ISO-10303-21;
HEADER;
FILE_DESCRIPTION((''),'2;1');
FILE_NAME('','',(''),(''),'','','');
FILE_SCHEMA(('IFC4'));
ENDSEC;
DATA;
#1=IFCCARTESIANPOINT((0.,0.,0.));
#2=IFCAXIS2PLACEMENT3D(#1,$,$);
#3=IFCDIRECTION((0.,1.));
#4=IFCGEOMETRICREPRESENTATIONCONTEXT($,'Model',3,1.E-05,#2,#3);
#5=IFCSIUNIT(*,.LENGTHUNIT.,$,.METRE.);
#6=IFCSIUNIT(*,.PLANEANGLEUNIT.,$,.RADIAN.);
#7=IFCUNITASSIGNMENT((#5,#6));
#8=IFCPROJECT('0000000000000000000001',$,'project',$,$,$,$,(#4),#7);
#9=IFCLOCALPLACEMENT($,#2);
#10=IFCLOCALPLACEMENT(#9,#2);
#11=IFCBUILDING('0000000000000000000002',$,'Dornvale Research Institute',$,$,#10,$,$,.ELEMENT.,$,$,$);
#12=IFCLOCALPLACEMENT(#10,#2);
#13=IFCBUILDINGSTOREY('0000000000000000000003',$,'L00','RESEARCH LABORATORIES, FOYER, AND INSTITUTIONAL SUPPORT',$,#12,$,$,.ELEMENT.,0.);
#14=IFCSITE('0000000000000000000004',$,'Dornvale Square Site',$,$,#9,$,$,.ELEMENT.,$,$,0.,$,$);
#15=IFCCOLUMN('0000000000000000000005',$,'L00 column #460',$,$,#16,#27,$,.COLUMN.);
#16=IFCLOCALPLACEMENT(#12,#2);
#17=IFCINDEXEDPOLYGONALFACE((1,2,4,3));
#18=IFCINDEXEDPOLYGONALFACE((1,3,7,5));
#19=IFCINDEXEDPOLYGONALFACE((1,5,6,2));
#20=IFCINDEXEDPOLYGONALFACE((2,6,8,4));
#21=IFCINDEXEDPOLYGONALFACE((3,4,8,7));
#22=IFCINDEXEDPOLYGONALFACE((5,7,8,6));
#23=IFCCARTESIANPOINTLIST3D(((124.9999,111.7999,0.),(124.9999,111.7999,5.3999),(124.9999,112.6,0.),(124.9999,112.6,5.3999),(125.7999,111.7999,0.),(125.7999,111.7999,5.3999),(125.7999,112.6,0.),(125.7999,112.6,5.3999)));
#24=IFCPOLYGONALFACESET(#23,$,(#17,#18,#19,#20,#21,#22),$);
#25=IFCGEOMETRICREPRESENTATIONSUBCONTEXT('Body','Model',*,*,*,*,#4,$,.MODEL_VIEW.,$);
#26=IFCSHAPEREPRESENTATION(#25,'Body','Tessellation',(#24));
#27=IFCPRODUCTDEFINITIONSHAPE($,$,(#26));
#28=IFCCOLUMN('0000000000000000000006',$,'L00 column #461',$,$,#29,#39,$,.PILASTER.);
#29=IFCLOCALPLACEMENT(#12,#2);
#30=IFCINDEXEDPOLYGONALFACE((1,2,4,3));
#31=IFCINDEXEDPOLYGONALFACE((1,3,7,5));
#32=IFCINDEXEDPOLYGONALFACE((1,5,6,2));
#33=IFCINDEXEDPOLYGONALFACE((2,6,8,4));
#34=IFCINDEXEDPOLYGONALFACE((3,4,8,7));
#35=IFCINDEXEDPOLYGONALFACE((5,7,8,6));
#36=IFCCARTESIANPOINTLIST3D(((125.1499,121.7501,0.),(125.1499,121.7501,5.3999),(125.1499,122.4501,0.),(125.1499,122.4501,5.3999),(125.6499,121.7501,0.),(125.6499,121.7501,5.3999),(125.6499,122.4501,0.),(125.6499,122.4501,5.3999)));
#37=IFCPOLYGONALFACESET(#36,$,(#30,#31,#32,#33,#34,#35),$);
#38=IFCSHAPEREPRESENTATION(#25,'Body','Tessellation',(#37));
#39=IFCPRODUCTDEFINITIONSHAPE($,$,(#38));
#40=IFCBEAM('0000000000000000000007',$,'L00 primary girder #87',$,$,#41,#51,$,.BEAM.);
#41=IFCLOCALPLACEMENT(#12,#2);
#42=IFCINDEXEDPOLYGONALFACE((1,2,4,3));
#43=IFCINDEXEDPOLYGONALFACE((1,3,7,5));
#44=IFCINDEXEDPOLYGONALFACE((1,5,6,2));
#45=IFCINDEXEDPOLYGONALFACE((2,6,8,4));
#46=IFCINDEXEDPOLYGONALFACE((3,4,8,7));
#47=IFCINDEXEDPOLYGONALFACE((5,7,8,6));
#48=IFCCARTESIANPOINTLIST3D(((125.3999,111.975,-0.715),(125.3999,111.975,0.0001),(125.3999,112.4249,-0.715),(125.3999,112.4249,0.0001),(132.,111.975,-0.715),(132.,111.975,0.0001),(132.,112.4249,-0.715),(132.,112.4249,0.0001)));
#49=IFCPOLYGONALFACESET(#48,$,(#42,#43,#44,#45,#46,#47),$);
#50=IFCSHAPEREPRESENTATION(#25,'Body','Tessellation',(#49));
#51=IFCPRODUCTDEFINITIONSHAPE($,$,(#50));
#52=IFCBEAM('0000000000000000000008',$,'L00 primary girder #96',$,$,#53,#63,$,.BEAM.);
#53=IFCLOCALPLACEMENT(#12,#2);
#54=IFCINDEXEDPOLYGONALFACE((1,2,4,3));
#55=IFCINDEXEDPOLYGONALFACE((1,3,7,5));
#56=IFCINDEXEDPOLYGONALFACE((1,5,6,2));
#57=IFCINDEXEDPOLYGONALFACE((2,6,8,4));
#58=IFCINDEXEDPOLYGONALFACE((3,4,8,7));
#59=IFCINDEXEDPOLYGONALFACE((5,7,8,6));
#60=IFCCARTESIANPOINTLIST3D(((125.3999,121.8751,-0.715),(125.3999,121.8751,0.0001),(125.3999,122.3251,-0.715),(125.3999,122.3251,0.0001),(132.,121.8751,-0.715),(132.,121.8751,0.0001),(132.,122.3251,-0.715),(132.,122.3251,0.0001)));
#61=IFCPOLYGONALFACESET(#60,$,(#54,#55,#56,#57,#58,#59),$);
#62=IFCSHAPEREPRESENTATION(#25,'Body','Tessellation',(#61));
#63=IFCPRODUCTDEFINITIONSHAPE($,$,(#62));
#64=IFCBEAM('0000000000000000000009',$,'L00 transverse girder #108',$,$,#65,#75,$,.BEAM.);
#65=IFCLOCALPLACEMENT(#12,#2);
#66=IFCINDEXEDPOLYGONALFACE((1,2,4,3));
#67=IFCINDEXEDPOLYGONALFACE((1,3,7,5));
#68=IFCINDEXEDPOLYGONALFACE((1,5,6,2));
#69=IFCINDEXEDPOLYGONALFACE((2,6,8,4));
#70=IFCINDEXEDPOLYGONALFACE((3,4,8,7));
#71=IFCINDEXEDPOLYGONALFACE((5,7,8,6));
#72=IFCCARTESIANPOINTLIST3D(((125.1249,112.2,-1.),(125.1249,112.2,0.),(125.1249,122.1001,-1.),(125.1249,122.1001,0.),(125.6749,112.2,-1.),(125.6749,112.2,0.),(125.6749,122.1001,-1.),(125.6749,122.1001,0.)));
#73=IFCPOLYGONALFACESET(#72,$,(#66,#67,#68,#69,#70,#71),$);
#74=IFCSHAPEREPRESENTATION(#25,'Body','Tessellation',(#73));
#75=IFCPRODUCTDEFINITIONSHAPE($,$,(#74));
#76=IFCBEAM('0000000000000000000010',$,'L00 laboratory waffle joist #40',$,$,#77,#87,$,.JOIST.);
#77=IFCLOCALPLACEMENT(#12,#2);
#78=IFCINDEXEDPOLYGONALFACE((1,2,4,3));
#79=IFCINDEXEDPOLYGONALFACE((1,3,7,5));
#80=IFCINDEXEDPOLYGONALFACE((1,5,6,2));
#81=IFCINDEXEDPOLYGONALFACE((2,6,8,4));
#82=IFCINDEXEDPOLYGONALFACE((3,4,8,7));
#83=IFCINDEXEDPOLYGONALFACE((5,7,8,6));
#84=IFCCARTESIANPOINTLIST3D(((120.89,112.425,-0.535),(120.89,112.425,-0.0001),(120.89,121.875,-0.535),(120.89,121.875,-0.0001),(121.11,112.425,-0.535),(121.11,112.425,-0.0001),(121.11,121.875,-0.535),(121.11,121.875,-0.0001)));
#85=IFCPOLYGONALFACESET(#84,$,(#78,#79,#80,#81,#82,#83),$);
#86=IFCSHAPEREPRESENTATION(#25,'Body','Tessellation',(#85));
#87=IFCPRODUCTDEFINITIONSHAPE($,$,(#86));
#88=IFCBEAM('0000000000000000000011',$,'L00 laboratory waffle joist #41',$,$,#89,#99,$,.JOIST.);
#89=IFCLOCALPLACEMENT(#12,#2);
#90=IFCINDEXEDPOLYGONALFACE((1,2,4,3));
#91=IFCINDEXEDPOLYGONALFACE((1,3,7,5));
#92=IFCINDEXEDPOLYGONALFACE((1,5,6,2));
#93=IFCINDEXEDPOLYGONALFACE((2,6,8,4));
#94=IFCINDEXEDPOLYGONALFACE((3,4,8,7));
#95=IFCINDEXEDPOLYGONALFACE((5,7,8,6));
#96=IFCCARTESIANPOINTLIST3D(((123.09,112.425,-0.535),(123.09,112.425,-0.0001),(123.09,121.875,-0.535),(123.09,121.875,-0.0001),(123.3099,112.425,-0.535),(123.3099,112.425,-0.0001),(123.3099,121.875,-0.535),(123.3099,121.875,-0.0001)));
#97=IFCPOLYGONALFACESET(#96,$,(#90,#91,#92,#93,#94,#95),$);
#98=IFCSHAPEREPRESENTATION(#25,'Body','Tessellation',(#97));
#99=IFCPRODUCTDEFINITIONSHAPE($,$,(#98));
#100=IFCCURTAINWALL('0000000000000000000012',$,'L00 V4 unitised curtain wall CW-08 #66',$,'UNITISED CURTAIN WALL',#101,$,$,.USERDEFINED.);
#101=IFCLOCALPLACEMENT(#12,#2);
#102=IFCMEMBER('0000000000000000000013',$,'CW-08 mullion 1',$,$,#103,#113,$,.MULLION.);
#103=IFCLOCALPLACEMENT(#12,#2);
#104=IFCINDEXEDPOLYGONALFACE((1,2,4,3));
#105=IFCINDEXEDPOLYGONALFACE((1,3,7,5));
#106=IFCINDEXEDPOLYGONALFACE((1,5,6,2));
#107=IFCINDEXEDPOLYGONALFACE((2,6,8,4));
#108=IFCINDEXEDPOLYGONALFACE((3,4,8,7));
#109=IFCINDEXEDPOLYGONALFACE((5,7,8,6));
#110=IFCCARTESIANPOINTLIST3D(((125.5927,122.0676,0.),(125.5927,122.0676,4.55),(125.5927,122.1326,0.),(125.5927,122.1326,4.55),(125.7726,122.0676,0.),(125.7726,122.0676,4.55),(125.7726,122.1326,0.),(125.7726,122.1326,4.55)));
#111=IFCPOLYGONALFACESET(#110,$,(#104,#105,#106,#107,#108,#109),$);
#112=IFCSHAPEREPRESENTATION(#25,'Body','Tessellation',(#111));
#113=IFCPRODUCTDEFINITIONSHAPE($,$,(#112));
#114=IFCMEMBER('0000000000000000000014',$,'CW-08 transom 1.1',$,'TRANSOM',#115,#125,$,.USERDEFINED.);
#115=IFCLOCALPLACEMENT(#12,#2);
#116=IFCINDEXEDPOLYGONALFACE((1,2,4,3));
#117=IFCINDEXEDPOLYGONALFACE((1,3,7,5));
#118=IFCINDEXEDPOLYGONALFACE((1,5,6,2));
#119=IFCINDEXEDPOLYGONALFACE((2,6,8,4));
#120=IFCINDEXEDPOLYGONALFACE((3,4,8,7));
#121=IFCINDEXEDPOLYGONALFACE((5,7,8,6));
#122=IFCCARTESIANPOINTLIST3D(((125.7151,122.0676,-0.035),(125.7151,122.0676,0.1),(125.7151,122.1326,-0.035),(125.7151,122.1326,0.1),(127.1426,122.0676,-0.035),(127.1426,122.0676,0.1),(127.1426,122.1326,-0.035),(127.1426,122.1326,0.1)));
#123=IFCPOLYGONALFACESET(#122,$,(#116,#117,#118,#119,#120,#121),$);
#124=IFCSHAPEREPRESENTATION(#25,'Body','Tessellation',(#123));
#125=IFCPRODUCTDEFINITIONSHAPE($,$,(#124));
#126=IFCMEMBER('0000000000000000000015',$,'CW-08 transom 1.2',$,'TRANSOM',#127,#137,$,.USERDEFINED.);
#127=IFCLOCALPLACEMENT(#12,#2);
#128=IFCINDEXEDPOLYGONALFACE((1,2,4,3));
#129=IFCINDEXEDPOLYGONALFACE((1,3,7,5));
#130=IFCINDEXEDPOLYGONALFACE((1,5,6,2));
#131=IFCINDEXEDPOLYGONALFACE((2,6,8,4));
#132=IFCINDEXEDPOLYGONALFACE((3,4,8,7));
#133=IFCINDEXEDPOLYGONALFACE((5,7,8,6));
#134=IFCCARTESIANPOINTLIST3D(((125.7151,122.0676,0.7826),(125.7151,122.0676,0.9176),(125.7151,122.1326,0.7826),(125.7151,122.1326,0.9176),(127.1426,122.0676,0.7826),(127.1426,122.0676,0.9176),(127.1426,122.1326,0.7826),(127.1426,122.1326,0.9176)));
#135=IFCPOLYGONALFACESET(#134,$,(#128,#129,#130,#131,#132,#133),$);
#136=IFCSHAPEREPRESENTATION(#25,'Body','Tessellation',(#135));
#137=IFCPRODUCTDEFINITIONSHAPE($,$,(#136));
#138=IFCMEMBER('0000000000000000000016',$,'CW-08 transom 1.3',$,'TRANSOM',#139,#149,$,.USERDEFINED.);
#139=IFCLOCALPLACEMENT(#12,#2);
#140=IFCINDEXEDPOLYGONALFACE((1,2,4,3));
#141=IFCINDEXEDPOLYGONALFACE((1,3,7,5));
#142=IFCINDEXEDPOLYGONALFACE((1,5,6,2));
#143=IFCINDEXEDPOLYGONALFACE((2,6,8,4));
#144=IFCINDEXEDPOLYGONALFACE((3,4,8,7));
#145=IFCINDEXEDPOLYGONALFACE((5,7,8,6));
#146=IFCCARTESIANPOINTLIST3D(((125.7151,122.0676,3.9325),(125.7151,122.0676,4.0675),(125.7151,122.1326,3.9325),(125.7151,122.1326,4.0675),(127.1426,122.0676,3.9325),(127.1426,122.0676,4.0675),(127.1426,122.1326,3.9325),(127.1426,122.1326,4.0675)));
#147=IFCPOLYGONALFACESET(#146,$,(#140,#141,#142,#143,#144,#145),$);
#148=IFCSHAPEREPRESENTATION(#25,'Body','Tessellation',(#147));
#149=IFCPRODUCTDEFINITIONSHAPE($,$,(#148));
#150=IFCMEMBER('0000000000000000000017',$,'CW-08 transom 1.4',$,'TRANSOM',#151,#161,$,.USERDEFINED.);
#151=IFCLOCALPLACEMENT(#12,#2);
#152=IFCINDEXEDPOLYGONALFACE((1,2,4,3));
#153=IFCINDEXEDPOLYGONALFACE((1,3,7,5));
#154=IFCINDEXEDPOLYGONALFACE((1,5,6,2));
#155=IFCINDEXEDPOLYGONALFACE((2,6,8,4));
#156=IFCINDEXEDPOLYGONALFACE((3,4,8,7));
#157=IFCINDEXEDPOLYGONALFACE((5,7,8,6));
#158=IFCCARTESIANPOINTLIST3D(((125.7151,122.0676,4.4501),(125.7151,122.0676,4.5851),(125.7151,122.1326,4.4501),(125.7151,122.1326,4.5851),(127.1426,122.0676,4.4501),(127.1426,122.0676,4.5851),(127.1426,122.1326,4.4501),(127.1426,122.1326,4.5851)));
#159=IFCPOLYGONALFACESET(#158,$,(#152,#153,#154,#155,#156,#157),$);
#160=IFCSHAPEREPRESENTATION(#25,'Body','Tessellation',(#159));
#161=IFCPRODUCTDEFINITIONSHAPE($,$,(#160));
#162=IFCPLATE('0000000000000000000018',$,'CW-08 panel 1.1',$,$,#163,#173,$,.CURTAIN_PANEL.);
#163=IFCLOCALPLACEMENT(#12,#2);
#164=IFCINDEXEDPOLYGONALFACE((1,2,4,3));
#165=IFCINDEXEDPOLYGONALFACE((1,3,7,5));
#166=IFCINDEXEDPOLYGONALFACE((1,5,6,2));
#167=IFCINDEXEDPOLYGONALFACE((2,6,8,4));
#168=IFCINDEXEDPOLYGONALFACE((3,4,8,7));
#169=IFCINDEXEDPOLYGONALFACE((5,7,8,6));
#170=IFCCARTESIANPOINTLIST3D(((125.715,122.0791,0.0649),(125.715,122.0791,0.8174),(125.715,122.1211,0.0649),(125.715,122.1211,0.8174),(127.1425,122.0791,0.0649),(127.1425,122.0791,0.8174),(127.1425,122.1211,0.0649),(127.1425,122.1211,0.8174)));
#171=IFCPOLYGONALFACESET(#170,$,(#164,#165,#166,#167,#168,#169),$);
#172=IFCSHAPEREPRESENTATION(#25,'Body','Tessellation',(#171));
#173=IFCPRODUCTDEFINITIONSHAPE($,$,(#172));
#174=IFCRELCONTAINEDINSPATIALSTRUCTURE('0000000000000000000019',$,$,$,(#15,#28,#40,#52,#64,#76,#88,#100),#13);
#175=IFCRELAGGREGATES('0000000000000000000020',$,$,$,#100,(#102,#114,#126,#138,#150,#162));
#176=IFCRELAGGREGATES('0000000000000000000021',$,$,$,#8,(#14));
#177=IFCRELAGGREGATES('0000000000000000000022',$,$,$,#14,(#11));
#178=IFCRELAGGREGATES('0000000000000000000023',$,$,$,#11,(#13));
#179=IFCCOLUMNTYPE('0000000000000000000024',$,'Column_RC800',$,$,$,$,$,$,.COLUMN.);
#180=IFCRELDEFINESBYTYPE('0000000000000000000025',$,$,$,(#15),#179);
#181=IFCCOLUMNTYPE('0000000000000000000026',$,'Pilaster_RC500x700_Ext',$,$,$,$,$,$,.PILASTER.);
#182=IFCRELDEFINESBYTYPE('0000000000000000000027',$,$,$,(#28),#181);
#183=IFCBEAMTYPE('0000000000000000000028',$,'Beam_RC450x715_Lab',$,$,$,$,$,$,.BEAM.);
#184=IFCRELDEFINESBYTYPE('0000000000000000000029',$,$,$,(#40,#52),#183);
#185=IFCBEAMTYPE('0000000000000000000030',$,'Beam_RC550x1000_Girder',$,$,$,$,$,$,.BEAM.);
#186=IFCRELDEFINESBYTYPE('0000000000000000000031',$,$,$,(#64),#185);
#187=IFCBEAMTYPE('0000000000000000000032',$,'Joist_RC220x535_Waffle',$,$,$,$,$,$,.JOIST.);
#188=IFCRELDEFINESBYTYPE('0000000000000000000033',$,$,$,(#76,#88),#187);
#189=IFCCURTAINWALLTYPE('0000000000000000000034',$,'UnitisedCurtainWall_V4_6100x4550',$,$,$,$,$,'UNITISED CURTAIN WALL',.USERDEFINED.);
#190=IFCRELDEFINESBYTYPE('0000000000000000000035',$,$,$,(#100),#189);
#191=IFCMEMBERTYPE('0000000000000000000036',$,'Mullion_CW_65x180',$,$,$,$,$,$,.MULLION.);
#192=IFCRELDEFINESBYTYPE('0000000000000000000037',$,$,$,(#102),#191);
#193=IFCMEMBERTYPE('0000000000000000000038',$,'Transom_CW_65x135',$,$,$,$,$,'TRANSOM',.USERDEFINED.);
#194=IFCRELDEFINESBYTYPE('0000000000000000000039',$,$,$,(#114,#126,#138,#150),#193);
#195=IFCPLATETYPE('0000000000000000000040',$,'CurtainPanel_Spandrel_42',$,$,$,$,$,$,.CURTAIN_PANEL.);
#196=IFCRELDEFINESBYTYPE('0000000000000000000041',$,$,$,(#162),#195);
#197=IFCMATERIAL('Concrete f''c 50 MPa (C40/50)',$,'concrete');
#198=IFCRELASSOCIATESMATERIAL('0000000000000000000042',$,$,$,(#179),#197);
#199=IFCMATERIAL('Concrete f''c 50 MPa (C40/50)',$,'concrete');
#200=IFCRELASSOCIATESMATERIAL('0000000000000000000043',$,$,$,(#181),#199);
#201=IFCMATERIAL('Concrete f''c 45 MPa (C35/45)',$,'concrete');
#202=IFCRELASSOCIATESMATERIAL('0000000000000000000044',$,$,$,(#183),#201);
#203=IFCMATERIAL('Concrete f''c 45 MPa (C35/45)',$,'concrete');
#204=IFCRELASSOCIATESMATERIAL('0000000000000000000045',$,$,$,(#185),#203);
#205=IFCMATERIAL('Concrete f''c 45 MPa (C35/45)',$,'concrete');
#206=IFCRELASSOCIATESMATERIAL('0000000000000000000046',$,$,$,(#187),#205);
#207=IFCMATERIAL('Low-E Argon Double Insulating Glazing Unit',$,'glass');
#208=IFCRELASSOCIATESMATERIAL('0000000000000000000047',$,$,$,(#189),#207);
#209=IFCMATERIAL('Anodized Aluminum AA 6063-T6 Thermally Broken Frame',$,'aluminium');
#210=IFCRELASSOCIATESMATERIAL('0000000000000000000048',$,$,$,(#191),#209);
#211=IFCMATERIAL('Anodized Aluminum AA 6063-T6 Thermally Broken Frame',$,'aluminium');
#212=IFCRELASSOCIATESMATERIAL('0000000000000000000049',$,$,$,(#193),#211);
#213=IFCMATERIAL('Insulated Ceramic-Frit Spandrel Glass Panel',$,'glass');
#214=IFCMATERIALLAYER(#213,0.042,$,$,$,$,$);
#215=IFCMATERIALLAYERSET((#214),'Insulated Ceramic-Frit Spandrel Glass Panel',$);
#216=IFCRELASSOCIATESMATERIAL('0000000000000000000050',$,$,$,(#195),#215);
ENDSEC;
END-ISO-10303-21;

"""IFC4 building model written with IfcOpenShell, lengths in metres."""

from ifc_helpers import new_model, si_unit, direction, frame, origin, origin_2d, place, context, subcontext, project, spatial, rectangle, extrude, material, layer, layer_set, material_profile, profile_set, type_object, element, aggregate, save


model = new_model("IFC4")

# Units and contexts
model_context = context("Model", 3, precision=1e-05, world=origin(), true_north=direction((0.0, 1.0)))
body_context = subcontext(model_context, "Body", "Model", "MODEL_VIEW")
ifc_project = project(units=[si_unit("LENGTHUNIT", "METRE"), si_unit("PLANEANGLEUNIT", "RADIAN")], contexts=[model_context])

# Site, building, storey
site_placement = place(None, origin())
site = spatial("IfcSite", under=ifc_project, at=site_placement, Name="Dornvale Square Site", CompositionType="ELEMENT", RefElevation=0.0)
building_placement = place(site_placement, origin())
building = spatial("IfcBuilding", under=site, at=building_placement, Name="Dornvale Research Institute", CompositionType="ELEMENT")
storey_placement = place(building_placement, origin())
storey = spatial("IfcBuildingStorey", under=building, at=storey_placement, Name="L00", Description="RESEARCH LABORATORIES, FOYER, AND INSTITUTIONAL SUPPORT", CompositionType="ELEMENT", Elevation=0.0)

# Columns
ifc_material_1 = material(Name="Concrete f'c 50 MPa (C40/50)", Category="concrete")
ifc_material_profile_1 = material_profile(ifc_material_1, rectangle(XDim=0.8, YDim=0.8, at=origin_2d()), Name="RC 800x800")
ifc_profile_set_1 = profile_set([ifc_material_profile_1], Name="Concrete f'c 50 MPa (C40/50)")
column_type_1 = type_object("IfcColumnType", Name="Column_RC800", PredefinedType="COLUMN", material=ifc_profile_set_1)
column_1_placement = place(storey_placement, frame((125.3999, 112.2, 0.0), z_axis=(0.0, 0.0, 1.0), x_axis=(1.0, 0.0, 0.0)))
element("IfcColumn", 1, at=column_1_placement, inside=storey, type_object=column_type_1, Name="L00 column #460", PredefinedType="COLUMN", context=body_context, shape_type="SweptSolid", body=[
    extrude(rectangle(XDim=0.8, YDim=0.8, at=origin_2d()), origin(), (0.0, 0.0, 1.0), 5.3999),
])
ifc_material_2 = material(Name="Concrete f'c 50 MPa (C40/50)", Category="concrete")
ifc_material_profile_2 = material_profile(ifc_material_2, rectangle(XDim=0.5, YDim=0.7, at=origin_2d()), Name="RC 500x700")
ifc_profile_set_2 = profile_set([ifc_material_profile_2], Name="Concrete f'c 50 MPa (C40/50)")
column_type_2 = type_object("IfcColumnType", Name="Pilaster_RC500x700_Ext", PredefinedType="PILASTER", material=ifc_profile_set_2)
column_2_placement = place(storey_placement, frame((125.3999, 122.1001, 0.0), z_axis=(0.0, 0.0, 1.0), x_axis=(1.0, 0.0, 0.0)))
element("IfcColumn", 2, at=column_2_placement, inside=storey, type_object=column_type_2, Name="L00 column #461", PredefinedType="PILASTER", context=body_context, shape_type="SweptSolid", body=[
    extrude(rectangle(XDim=0.5, YDim=0.7, at=origin_2d()), origin(), (0.0, 0.0, 1.0), 5.3999),
])

# Beams
ifc_material_3 = material(Name="Concrete f'c 45 MPa (C35/45)", Category="concrete")
ifc_material_profile_3 = material_profile(ifc_material_3, rectangle(XDim=0.45, YDim=0.7151, at=origin_2d()), Name="RC 450x715")
ifc_profile_set_3 = profile_set([ifc_material_profile_3], Name="Concrete f'c 45 MPa (C35/45)")
beam_type_1 = type_object("IfcBeamType", Name="Beam_RC450x715_Lab", PredefinedType="BEAM", material=ifc_profile_set_3)
for number, where, z_axis, x_axis, name in (
    (3, (125.3999, 112.2, -0.3574), (1.0, 0.0, 0.0), (0.0, 1.0, 0.0), "L00 primary girder #87"),
    (4, (125.3999, 122.1001, -0.3574), (1.0, 0.0, 0.0), (0.0, 1.0, 0.0), "L00 primary girder #96"),
):
    element("IfcBeam", number, at=place(storey_placement, frame(where, z_axis=z_axis, x_axis=x_axis)), inside=storey, type_object=beam_type_1, Name=name, PredefinedType="BEAM", context=body_context, shape_type="SweptSolid", body=[
        extrude(rectangle(XDim=0.45, YDim=0.7151, at=origin_2d()), origin(), (0.0, 0.0, 1.0), 6.6001),
    ])
ifc_material_4 = material(Name="Concrete f'c 45 MPa (C35/45)", Category="concrete")
ifc_material_profile_4 = material_profile(ifc_material_4, rectangle(XDim=0.55, YDim=1.0, at=origin_2d()), Name="RC 550x1000")
ifc_profile_set_4 = profile_set([ifc_material_profile_4], Name="Concrete f'c 45 MPa (C35/45)")
beam_type_2 = type_object("IfcBeamType", Name="Beam_RC550x1000_Girder", PredefinedType="BEAM", material=ifc_profile_set_4)
beam_placement = place(storey_placement, frame((125.3999, 112.2, -0.5), z_axis=(0.0, 1.0, 0.0), x_axis=(-1.0, 0.0, 0.0)))
element("IfcBeam", 5, at=beam_placement, inside=storey, type_object=beam_type_2, Name="L00 transverse girder #108", PredefinedType="BEAM", context=body_context, shape_type="SweptSolid", body=[
    extrude(rectangle(XDim=0.55, YDim=1.0, at=origin_2d()), origin(), (0.0, 0.0, 1.0), 9.9001),
])
ifc_material_5 = material(Name="Concrete f'c 45 MPa (C35/45)", Category="concrete")
ifc_material_profile_5 = material_profile(ifc_material_5, rectangle(XDim=0.22, YDim=0.5349, at=origin_2d()), Name="RC 220x535")
ifc_profile_set_5 = profile_set([ifc_material_profile_5], Name="Concrete f'c 45 MPa (C35/45)")
beam_type_3 = type_object("IfcBeamType", Name="Joist_RC220x535_Waffle", PredefinedType="JOIST", material=ifc_profile_set_5)
for number, where, z_axis, x_axis, name in (
    (6, (121.0, 112.425, -0.2676), (0.0, 1.0, 0.0), (-1.0, 0.0, 0.0), "L00 laboratory waffle joist #40"),
    (7, (123.2, 112.425, -0.2676), (0.0, 1.0, 0.0), (-1.0, 0.0, 0.0), "L00 laboratory waffle joist #41"),
):
    element("IfcBeam", number, at=place(storey_placement, frame(where, z_axis=z_axis, x_axis=x_axis)), inside=storey, type_object=beam_type_3, Name=name, PredefinedType="JOIST", context=body_context, shape_type="SweptSolid", body=[
        extrude(rectangle(XDim=0.22, YDim=0.5349, at=origin_2d()), origin(), (0.0, 0.0, 1.0), 9.45),
    ])

# Curtain wall, members, plate
ifc_material_6 = material(Name="Low-E Argon Double Insulating Glazing Unit", Category="glass")
curtain_wall_type = type_object("IfcCurtainWallType", Name="UnitisedCurtainWall_V4_6100x4550", ElementType="UNITISED CURTAIN WALL", PredefinedType="USERDEFINED", material=ifc_material_6)
curtain_wall_placement = place(storey_placement, origin())
curtain_wall = element("IfcCurtainWall", 8, at=curtain_wall_placement, inside=storey, type_object=curtain_wall_type, Name="L00 V4 unitised curtain wall CW-08 #66", ObjectType="UNITISED CURTAIN WALL", PredefinedType="USERDEFINED")
ifc_material_7 = material(Name="Anodized Aluminum AA 6063-T6 Thermally Broken Frame", Category="aluminium")
ifc_material_profile_6 = material_profile(ifc_material_7, rectangle(XDim=0.0649, YDim=0.1799, at=origin_2d()), Name="ALU MULLION 65x180")
ifc_profile_set_6 = profile_set([ifc_material_profile_6], Name="Anodized Aluminum AA 6063-T6 Thermally Broken Frame")
member_type_1 = type_object("IfcMemberType", Name="Mullion_CW_65x180", PredefinedType="MULLION", material=ifc_profile_set_6)
member_1_placement = place(storey_placement, frame((125.6826, 122.1001, 0.0), z_axis=(0.0, 0.0, 1.0), x_axis=(0.0, 1.0, 0.0)))
member_1 = element("IfcMember", 9, at=member_1_placement, type_object=member_type_1, Name="CW-08 mullion 1", PredefinedType="MULLION", context=body_context, shape_type="SweptSolid", body=[
    extrude(rectangle(XDim=0.0649, YDim=0.1799, at=origin_2d()), origin(), (0.0, 0.0, 1.0), 4.55),
])
ifc_material_8 = material(Name="Anodized Aluminum AA 6063-T6 Thermally Broken Frame", Category="aluminium")
ifc_material_profile_7 = material_profile(ifc_material_8, rectangle(XDim=0.0649, YDim=0.135, at=origin_2d()), Name="ALU TRANSOM 65x135")
ifc_profile_set_7 = profile_set([ifc_material_profile_7], Name="Anodized Aluminum AA 6063-T6 Thermally Broken Frame")
member_type_2 = type_object("IfcMemberType", Name="Transom_CW_65x135", ElementType="TRANSOM", PredefinedType="USERDEFINED", material=ifc_profile_set_7)
member_2_placement = place(storey_placement, frame((125.7151, 122.1001, 0.0325), z_axis=(1.0, 0.0, 0.0), x_axis=(0.0, 1.0, 0.0)))
member_2 = element("IfcMember", 10, at=member_2_placement, type_object=member_type_2, Name="CW-08 transom 1.1", ObjectType="TRANSOM", PredefinedType="USERDEFINED", context=body_context, shape_type="SweptSolid", body=[
    extrude(rectangle(XDim=0.0649, YDim=0.135, at=origin_2d()), origin(), (0.0, 0.0, 1.0), 1.4275),
])
member_3_placement = place(storey_placement, frame((125.7151, 122.1001, 0.8501), z_axis=(1.0, 0.0, 0.0), x_axis=(0.0, 1.0, 0.0)))
member_3 = element("IfcMember", 11, at=member_3_placement, type_object=member_type_2, Name="CW-08 transom 1.2", ObjectType="TRANSOM", PredefinedType="USERDEFINED", context=body_context, shape_type="SweptSolid", body=[
    extrude(rectangle(XDim=0.0649, YDim=0.135, at=origin_2d()), origin(), (0.0, 0.0, 1.0), 1.4275),
])
member_4_placement = place(storey_placement, frame((125.7151, 122.1001, 4.0), z_axis=(1.0, 0.0, 0.0), x_axis=(0.0, 1.0, 0.0)))
member_4 = element("IfcMember", 12, at=member_4_placement, type_object=member_type_2, Name="CW-08 transom 1.3", ObjectType="TRANSOM", PredefinedType="USERDEFINED", context=body_context, shape_type="SweptSolid", body=[
    extrude(rectangle(XDim=0.0649, YDim=0.135, at=origin_2d()), origin(), (0.0, 0.0, 1.0), 1.4275),
])
member_5_placement = place(storey_placement, frame((125.7151, 122.1001, 4.5176), z_axis=(1.0, 0.0, 0.0), x_axis=(0.0, 1.0, 0.0)))
member_5 = element("IfcMember", 13, at=member_5_placement, type_object=member_type_2, Name="CW-08 transom 1.4", ObjectType="TRANSOM", PredefinedType="USERDEFINED", context=body_context, shape_type="SweptSolid", body=[
    extrude(rectangle(XDim=0.0649, YDim=0.135, at=origin_2d()), origin(), (0.0, 0.0, 1.0), 1.4275),
])
ifc_material_9 = material(Name="Insulated Ceramic-Frit Spandrel Glass Panel", Category="glass")
ifc_layer_1 = layer(ifc_material_9, 0.042)
ifc_layer_set_1 = layer_set([ifc_layer_1], Name="Insulated Ceramic-Frit Spandrel Glass Panel")
plate_type_1 = type_object("IfcPlateType", Name="CurtainPanel_Spandrel_42", PredefinedType="CURTAIN_PANEL", material=ifc_layer_set_1)
plate_1_placement = place(storey_placement, frame((126.4287, 122.1001, 0.0649), z_axis=(0.0, 0.0, 1.0), x_axis=(1.0, 0.0, 0.0)))
plate_1 = element("IfcPlate", 14, at=plate_1_placement, type_object=plate_type_1, Name="CW-08 panel 1.1", PredefinedType="CURTAIN_PANEL", context=body_context, shape_type="SweptSolid", body=[
    extrude(rectangle(XDim=1.4275, YDim=0.042, at=origin_2d()), origin(), (0.0, 0.0, 1.0), 0.7524),
])
aggregate(curtain_wall, [member_1, member_2, member_3, member_4, member_5, plate_1])

save(model, "model.ifc")
